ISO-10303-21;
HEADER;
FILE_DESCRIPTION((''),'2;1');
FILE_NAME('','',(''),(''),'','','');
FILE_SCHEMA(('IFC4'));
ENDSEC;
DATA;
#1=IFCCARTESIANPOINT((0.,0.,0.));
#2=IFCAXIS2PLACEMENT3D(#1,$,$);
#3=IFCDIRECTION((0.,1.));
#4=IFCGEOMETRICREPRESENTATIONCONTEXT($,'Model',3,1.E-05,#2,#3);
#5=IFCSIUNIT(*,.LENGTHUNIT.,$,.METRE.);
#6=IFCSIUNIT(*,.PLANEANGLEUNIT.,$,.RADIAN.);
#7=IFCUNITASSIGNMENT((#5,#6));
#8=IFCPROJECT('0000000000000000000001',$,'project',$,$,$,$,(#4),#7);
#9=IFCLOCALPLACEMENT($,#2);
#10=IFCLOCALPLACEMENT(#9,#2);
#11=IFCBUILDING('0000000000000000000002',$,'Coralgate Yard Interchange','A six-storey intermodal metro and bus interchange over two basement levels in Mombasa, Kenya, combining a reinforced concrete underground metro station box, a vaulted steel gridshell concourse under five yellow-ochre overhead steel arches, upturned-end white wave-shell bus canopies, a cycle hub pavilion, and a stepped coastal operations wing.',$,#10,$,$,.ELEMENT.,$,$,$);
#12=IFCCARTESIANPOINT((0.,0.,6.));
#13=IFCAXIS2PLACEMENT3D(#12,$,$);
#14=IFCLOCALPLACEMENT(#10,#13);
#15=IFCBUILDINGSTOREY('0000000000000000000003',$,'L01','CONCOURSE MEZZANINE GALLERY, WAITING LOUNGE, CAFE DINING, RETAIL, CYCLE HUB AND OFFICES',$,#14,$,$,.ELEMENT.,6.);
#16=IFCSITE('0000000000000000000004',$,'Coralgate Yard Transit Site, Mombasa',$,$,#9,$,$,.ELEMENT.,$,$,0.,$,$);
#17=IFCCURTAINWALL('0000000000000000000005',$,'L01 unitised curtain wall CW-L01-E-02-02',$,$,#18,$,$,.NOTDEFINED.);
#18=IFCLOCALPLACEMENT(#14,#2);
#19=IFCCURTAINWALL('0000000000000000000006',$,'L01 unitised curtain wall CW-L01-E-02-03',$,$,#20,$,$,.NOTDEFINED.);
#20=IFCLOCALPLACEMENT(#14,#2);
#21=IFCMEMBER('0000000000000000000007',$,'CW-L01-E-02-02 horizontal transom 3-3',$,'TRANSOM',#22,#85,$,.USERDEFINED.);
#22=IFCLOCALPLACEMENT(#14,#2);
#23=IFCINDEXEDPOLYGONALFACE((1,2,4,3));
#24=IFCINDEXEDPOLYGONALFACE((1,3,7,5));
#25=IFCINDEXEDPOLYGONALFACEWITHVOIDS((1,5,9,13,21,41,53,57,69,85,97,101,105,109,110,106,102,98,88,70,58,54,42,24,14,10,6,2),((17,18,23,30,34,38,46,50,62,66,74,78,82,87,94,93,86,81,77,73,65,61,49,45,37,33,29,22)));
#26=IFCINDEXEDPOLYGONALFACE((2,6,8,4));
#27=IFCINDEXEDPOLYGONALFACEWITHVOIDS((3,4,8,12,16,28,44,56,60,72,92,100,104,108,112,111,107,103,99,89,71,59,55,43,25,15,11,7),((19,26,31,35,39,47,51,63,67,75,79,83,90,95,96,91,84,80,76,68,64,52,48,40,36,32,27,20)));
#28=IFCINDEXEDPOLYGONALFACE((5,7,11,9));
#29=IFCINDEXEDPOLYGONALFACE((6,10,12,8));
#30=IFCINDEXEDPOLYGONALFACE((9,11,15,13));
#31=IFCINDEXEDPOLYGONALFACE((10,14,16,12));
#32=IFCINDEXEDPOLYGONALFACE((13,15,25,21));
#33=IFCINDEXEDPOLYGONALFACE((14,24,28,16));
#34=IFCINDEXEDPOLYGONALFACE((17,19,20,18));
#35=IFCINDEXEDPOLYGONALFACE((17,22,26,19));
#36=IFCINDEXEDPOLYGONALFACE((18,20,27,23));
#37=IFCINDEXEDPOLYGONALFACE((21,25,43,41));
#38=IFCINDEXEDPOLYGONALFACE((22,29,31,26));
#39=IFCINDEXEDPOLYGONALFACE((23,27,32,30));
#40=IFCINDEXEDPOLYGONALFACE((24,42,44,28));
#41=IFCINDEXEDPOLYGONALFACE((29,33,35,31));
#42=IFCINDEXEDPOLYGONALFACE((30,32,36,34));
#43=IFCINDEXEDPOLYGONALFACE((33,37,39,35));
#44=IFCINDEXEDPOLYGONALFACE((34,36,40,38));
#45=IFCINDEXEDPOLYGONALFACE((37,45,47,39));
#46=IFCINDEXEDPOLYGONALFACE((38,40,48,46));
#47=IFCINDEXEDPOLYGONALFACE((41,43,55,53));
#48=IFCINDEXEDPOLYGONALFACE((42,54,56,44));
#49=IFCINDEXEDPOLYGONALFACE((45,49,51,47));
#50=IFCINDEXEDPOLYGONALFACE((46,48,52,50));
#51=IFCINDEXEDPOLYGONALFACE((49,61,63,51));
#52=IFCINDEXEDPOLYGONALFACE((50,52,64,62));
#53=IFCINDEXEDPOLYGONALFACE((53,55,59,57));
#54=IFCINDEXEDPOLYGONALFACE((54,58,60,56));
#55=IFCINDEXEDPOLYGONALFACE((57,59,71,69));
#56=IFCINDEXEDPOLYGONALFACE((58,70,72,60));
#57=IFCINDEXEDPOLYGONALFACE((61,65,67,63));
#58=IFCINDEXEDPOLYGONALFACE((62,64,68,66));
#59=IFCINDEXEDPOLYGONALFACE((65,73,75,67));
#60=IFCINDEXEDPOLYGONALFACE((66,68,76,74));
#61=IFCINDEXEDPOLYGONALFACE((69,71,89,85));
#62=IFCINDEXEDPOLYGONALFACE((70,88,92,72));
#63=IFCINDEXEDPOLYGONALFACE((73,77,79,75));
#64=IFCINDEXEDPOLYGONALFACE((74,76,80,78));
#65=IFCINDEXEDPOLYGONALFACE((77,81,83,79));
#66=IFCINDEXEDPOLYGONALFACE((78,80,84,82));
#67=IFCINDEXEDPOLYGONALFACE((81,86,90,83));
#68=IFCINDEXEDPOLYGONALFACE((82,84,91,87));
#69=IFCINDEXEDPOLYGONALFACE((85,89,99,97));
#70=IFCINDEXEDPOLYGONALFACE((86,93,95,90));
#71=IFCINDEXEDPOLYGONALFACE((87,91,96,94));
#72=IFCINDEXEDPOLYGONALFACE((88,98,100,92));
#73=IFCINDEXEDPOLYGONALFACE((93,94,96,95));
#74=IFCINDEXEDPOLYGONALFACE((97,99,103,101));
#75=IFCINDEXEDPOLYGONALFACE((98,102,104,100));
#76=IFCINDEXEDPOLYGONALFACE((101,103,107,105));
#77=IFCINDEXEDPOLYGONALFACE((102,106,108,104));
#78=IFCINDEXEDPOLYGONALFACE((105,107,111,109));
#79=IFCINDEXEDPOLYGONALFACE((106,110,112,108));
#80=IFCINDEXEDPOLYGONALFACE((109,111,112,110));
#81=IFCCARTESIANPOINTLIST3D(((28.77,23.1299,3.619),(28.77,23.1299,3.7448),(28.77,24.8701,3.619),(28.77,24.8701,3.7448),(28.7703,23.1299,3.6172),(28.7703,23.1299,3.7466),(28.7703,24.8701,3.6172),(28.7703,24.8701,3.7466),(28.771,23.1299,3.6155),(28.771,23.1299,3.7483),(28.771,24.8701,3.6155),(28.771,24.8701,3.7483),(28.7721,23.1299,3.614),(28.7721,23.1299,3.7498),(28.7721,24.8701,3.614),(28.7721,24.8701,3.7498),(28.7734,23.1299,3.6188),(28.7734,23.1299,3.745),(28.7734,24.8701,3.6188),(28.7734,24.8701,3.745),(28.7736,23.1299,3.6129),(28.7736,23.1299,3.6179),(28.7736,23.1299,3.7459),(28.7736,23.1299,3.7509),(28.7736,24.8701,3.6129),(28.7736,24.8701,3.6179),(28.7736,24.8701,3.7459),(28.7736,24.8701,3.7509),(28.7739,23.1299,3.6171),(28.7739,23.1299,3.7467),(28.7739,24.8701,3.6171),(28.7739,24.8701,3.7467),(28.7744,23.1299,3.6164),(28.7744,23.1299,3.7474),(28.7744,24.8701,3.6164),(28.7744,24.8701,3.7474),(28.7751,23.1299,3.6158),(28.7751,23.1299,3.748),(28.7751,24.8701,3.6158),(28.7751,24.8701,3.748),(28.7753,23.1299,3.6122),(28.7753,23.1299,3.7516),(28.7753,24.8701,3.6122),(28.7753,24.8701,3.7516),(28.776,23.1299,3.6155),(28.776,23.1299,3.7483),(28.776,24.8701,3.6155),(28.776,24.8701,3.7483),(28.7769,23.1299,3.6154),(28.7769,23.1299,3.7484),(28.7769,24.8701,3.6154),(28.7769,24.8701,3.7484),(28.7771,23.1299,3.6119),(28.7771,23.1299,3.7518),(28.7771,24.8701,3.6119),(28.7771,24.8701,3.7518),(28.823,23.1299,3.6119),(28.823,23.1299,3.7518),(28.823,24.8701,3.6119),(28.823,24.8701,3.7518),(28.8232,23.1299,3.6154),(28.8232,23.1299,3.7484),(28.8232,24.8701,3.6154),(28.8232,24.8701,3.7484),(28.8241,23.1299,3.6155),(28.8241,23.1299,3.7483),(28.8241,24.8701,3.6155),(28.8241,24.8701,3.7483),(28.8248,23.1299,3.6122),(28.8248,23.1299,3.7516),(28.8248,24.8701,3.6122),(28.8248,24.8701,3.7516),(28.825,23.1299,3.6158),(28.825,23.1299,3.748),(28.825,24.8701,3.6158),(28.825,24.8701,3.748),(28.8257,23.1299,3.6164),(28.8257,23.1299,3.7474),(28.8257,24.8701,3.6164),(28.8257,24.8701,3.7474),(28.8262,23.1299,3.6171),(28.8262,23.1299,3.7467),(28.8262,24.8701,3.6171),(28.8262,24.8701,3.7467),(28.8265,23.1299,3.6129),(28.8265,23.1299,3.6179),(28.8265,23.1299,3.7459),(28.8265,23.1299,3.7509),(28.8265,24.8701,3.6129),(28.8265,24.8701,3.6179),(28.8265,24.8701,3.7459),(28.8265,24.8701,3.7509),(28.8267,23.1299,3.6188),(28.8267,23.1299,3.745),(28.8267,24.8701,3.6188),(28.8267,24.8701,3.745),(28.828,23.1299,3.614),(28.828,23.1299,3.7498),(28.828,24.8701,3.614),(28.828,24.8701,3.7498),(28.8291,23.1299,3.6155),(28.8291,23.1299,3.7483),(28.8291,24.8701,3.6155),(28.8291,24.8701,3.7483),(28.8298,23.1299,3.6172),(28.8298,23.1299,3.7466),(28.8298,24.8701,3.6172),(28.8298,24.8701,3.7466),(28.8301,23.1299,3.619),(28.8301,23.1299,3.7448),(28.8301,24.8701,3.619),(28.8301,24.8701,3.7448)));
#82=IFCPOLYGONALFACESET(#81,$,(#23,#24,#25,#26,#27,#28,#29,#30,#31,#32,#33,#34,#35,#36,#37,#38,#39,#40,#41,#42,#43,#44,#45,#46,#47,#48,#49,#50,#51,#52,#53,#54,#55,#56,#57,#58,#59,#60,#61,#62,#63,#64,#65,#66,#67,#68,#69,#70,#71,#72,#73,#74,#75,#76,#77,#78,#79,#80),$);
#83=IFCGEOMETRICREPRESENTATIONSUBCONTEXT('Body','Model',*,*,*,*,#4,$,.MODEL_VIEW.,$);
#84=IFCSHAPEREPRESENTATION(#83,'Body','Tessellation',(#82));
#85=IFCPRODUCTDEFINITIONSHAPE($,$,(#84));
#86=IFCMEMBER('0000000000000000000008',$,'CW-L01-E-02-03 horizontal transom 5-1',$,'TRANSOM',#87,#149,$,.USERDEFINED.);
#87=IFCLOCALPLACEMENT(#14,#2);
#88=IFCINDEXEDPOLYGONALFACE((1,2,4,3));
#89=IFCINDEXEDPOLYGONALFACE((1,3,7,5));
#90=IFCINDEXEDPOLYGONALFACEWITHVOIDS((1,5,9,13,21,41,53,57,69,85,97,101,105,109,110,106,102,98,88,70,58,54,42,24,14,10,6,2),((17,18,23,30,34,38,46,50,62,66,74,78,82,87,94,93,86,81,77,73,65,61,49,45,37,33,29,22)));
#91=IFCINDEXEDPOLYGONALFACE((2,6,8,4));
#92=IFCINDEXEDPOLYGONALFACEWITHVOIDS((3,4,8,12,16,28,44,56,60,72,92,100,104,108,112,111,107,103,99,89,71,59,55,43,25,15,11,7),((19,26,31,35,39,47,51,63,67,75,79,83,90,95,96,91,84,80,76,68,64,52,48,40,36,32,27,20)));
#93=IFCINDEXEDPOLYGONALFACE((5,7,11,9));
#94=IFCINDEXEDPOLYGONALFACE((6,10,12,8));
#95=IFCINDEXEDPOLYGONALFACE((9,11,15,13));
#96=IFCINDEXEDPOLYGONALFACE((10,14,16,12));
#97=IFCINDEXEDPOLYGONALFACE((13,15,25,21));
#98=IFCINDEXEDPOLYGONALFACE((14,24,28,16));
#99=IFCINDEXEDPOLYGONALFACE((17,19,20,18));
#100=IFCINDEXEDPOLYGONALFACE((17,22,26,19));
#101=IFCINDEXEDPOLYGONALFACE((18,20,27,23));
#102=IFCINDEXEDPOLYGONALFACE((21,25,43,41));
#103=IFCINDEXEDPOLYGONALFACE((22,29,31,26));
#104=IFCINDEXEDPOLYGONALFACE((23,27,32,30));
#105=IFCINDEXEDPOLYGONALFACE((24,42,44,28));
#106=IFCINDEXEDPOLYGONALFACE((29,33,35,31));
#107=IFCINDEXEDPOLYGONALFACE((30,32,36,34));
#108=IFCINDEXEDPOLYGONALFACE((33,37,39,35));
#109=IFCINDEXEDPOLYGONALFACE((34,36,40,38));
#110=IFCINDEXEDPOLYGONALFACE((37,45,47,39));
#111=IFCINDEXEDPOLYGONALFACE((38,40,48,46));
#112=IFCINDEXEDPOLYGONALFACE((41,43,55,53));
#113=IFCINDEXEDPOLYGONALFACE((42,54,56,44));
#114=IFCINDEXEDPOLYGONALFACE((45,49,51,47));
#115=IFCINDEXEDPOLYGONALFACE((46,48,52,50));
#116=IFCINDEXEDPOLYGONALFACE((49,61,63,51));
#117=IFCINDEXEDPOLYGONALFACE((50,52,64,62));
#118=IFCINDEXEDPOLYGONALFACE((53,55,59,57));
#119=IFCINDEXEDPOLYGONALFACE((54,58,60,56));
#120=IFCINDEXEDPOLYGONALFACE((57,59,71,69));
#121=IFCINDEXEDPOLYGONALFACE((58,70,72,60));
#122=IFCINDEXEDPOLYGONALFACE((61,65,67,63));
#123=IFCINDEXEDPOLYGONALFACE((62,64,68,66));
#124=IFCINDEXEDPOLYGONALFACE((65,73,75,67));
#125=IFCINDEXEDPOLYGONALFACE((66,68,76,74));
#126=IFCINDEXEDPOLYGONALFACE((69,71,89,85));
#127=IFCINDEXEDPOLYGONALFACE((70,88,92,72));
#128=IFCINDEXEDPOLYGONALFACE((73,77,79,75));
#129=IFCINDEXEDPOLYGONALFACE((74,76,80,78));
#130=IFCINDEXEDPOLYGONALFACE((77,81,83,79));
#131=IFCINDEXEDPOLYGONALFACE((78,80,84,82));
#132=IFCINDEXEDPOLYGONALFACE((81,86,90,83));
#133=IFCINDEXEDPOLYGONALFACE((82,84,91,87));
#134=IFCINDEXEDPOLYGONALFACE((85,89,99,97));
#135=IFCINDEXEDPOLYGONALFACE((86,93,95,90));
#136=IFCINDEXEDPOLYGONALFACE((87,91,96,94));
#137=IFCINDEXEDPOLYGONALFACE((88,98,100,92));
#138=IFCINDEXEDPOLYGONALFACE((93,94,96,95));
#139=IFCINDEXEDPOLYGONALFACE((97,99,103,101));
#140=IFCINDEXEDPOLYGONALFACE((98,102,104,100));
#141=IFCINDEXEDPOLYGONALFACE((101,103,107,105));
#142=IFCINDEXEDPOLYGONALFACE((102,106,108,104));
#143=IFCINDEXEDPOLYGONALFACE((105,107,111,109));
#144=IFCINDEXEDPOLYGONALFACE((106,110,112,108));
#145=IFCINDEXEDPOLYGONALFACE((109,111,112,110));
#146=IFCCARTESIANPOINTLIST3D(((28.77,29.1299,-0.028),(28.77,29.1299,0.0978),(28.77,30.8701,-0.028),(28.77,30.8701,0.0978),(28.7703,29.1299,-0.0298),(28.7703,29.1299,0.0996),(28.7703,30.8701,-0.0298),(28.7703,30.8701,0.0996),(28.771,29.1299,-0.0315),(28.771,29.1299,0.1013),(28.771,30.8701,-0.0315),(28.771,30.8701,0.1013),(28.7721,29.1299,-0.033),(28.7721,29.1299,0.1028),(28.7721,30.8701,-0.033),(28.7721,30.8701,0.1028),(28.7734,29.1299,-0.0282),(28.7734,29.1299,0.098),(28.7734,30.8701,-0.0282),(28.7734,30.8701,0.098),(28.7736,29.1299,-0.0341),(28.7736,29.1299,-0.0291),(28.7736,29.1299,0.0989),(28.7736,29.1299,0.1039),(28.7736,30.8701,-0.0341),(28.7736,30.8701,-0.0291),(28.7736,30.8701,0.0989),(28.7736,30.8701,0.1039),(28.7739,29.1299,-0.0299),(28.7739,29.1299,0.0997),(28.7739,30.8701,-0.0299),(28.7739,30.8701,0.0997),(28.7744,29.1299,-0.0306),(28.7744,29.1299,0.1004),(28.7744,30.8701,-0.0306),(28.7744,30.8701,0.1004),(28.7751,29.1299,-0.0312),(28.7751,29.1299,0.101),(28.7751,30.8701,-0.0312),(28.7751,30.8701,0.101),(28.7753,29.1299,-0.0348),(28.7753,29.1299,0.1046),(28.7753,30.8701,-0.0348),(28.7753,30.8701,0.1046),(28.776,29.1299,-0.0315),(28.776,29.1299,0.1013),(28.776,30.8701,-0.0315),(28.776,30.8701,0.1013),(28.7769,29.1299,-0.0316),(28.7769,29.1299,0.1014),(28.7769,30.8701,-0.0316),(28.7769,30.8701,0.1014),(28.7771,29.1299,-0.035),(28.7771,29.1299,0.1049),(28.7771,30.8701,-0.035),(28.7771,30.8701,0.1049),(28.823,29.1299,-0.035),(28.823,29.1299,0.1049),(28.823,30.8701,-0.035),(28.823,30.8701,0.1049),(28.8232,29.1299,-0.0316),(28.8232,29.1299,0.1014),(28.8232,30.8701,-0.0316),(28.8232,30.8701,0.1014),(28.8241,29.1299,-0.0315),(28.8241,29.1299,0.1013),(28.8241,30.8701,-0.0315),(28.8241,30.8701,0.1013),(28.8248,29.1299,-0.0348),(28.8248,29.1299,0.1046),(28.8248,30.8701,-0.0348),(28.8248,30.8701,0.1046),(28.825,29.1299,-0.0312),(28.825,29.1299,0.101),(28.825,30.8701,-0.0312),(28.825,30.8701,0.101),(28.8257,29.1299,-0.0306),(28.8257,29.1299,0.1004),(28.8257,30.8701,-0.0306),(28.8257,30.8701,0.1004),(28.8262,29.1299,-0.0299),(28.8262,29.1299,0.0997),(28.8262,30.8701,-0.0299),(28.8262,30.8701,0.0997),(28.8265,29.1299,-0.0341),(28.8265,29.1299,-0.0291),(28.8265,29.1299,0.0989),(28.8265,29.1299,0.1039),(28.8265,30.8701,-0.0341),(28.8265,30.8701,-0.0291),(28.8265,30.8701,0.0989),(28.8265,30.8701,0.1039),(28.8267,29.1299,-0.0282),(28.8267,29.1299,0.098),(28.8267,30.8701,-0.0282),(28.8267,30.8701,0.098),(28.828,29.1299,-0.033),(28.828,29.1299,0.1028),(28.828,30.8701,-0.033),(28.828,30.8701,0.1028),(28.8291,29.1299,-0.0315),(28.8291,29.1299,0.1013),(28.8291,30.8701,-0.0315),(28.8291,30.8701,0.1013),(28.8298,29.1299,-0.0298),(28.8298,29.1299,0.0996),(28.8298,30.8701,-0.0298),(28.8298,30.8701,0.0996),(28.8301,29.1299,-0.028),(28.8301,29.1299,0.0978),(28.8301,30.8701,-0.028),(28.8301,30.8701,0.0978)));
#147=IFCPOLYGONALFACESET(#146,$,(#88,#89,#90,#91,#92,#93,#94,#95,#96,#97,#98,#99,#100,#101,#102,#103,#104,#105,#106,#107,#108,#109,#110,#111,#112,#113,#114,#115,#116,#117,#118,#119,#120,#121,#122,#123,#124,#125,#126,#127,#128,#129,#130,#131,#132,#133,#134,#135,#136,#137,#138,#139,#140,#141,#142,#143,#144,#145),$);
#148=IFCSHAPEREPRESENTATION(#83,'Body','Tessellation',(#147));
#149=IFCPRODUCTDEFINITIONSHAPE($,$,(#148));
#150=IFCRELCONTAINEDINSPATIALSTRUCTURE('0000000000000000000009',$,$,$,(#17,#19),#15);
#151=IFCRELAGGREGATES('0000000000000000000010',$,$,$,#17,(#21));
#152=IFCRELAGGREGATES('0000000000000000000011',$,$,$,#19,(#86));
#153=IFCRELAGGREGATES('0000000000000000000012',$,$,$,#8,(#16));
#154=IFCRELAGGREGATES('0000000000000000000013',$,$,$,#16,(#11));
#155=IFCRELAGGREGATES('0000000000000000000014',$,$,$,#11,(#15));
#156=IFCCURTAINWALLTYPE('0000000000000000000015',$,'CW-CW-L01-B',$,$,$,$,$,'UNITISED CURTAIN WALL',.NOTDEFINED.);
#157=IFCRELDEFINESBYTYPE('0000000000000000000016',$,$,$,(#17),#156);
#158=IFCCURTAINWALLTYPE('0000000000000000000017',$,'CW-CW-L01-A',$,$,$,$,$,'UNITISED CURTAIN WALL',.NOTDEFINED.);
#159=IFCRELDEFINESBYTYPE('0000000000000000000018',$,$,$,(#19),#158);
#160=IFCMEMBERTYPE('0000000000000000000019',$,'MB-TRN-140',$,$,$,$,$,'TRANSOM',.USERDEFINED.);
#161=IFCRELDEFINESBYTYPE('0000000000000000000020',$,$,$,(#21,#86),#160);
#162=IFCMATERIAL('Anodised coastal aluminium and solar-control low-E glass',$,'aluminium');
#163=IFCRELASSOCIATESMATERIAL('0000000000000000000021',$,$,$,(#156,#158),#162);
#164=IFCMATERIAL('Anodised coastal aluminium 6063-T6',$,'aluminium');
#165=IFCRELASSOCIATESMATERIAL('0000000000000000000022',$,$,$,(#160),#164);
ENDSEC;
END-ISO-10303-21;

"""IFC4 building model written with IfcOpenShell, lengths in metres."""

from ifc_helpers import new_model, si_unit, direction, frame, origin, origin_2d, place, context, subcontext, project, spatial, hollow_rectangle, extrude, material, material_profile, profile_set, type_object, element, aggregate, save


model = new_model("IFC4")

# Units and contexts
model_context = context("Model", 3, precision=1e-05, world=origin(), true_north=direction((0.0, 1.0)))
body_context = subcontext(model_context, "Body", "Model", "MODEL_VIEW")
ifc_project = project(units=[si_unit("LENGTHUNIT", "METRE"), si_unit("PLANEANGLEUNIT", "RADIAN")], contexts=[model_context])

# Site, building, storey
site_placement = place(None, origin())
site = spatial("IfcSite", under=ifc_project, at=site_placement, Name="Coralgate Yard Transit Site, Mombasa", CompositionType="ELEMENT", RefElevation=0.0)
building_placement = place(site_placement, origin())
building = spatial("IfcBuilding", under=site, at=building_placement, Name="Coralgate Yard Interchange", Description="A six-storey intermodal metro and bus interchange over two basement levels in Mombasa, Kenya, combining a reinforced concrete underground metro station box, a vaulted steel gridshell concourse under five yellow-ochre overhead steel arches, upturned-end white wave-shell bus canopies, a cycle hub pavilion, and a stepped coastal operations wing.", CompositionType="ELEMENT")
storey_placement = place(building_placement, frame((0.0, 0.0, 6.0)))
storey = spatial("IfcBuildingStorey", under=building, at=storey_placement, Name="L01", Description="CONCOURSE MEZZANINE GALLERY, WAITING LOUNGE, CAFE DINING, RETAIL, CYCLE HUB AND OFFICES", CompositionType="ELEMENT", Elevation=6.0)

# Curtain walls
ifc_material_1 = material(Name="Anodised coastal aluminium and solar-control low-E glass", Category="aluminium")
curtain_wall_type_1 = type_object("IfcCurtainWallType", Name="CW-CW-L01-B", ElementType="UNITISED CURTAIN WALL", PredefinedType="NOTDEFINED", material=ifc_material_1)
curtain_wall_1_placement = place(storey_placement, origin())
curtain_wall_1 = element("IfcCurtainWall", 1, at=curtain_wall_1_placement, inside=storey, type_object=curtain_wall_type_1, Name="L01 unitised curtain wall CW-L01-E-02-02", PredefinedType="NOTDEFINED")
ifc_material_2 = material(Name="Anodised coastal aluminium 6063-T6", Category="aluminium")
curtain_wall_type_2 = type_object("IfcCurtainWallType", Name="CW-CW-L01-A", ElementType="UNITISED CURTAIN WALL", PredefinedType="NOTDEFINED", material=ifc_material_1)
curtain_wall_2_placement = place(storey_placement, origin())
curtain_wall_2 = element("IfcCurtainWall", 2, at=curtain_wall_2_placement, inside=storey, type_object=curtain_wall_type_2, Name="L01 unitised curtain wall CW-L01-E-02-03", PredefinedType="NOTDEFINED")

# Members
ifc_material_profile_1 = material_profile(ifc_material_2, hollow_rectangle(XDim=0.0601, YDim=0.1399, WallThickness=0.0034, InnerFilletRadius=0.0034, OuterFilletRadius=0.0071, at=origin_2d()), Name="ALU 60x140x3.5")
ifc_profile_set_1 = profile_set([ifc_material_profile_1], Name="Anodised coastal aluminium 6063-T6")
member_type_1 = type_object("IfcMemberType", Name="MB-TRN-140", ElementType="TRANSOM", PredefinedType="USERDEFINED", material=ifc_profile_set_1)
member_1_placement = place(storey_placement, frame((28.8, 24.8701, 3.6819), z_axis=(0.0, -1.0, 0.0), x_axis=(1.0, 0.0, 0.0)))
member_1 = element("IfcMember", 3, at=member_1_placement, type_object=member_type_1, Name="CW-L01-E-02-02 horizontal transom 3-3", ObjectType="TRANSOM", PredefinedType="USERDEFINED", context=body_context, shape_type="SweptSolid", body=[
    extrude(hollow_rectangle(XDim=0.0601, YDim=0.1399, WallThickness=0.0034, InnerFilletRadius=0.0034, OuterFilletRadius=0.0071, at=origin_2d()), origin(), (0.0, 0.0, 1.0), 1.7402),
])
member_2_placement = place(storey_placement, frame((28.8, 30.8701, 0.0349), z_axis=(0.0, -1.0, 0.0), x_axis=(1.0, 0.0, 0.0)))
member_2 = element("IfcMember", 4, at=member_2_placement, type_object=member_type_1, Name="CW-L01-E-02-03 horizontal transom 5-1", ObjectType="TRANSOM", PredefinedType="USERDEFINED", context=body_context, shape_type="SweptSolid", body=[
    extrude(hollow_rectangle(XDim=0.0601, YDim=0.1399, WallThickness=0.0034, InnerFilletRadius=0.0034, OuterFilletRadius=0.0071, at=origin_2d()), origin(), (0.0, 0.0, 1.0), 1.7402),
])

aggregate(curtain_wall_1, [member_1])
aggregate(curtain_wall_2, [member_2])

save(model, "model.ifc")
